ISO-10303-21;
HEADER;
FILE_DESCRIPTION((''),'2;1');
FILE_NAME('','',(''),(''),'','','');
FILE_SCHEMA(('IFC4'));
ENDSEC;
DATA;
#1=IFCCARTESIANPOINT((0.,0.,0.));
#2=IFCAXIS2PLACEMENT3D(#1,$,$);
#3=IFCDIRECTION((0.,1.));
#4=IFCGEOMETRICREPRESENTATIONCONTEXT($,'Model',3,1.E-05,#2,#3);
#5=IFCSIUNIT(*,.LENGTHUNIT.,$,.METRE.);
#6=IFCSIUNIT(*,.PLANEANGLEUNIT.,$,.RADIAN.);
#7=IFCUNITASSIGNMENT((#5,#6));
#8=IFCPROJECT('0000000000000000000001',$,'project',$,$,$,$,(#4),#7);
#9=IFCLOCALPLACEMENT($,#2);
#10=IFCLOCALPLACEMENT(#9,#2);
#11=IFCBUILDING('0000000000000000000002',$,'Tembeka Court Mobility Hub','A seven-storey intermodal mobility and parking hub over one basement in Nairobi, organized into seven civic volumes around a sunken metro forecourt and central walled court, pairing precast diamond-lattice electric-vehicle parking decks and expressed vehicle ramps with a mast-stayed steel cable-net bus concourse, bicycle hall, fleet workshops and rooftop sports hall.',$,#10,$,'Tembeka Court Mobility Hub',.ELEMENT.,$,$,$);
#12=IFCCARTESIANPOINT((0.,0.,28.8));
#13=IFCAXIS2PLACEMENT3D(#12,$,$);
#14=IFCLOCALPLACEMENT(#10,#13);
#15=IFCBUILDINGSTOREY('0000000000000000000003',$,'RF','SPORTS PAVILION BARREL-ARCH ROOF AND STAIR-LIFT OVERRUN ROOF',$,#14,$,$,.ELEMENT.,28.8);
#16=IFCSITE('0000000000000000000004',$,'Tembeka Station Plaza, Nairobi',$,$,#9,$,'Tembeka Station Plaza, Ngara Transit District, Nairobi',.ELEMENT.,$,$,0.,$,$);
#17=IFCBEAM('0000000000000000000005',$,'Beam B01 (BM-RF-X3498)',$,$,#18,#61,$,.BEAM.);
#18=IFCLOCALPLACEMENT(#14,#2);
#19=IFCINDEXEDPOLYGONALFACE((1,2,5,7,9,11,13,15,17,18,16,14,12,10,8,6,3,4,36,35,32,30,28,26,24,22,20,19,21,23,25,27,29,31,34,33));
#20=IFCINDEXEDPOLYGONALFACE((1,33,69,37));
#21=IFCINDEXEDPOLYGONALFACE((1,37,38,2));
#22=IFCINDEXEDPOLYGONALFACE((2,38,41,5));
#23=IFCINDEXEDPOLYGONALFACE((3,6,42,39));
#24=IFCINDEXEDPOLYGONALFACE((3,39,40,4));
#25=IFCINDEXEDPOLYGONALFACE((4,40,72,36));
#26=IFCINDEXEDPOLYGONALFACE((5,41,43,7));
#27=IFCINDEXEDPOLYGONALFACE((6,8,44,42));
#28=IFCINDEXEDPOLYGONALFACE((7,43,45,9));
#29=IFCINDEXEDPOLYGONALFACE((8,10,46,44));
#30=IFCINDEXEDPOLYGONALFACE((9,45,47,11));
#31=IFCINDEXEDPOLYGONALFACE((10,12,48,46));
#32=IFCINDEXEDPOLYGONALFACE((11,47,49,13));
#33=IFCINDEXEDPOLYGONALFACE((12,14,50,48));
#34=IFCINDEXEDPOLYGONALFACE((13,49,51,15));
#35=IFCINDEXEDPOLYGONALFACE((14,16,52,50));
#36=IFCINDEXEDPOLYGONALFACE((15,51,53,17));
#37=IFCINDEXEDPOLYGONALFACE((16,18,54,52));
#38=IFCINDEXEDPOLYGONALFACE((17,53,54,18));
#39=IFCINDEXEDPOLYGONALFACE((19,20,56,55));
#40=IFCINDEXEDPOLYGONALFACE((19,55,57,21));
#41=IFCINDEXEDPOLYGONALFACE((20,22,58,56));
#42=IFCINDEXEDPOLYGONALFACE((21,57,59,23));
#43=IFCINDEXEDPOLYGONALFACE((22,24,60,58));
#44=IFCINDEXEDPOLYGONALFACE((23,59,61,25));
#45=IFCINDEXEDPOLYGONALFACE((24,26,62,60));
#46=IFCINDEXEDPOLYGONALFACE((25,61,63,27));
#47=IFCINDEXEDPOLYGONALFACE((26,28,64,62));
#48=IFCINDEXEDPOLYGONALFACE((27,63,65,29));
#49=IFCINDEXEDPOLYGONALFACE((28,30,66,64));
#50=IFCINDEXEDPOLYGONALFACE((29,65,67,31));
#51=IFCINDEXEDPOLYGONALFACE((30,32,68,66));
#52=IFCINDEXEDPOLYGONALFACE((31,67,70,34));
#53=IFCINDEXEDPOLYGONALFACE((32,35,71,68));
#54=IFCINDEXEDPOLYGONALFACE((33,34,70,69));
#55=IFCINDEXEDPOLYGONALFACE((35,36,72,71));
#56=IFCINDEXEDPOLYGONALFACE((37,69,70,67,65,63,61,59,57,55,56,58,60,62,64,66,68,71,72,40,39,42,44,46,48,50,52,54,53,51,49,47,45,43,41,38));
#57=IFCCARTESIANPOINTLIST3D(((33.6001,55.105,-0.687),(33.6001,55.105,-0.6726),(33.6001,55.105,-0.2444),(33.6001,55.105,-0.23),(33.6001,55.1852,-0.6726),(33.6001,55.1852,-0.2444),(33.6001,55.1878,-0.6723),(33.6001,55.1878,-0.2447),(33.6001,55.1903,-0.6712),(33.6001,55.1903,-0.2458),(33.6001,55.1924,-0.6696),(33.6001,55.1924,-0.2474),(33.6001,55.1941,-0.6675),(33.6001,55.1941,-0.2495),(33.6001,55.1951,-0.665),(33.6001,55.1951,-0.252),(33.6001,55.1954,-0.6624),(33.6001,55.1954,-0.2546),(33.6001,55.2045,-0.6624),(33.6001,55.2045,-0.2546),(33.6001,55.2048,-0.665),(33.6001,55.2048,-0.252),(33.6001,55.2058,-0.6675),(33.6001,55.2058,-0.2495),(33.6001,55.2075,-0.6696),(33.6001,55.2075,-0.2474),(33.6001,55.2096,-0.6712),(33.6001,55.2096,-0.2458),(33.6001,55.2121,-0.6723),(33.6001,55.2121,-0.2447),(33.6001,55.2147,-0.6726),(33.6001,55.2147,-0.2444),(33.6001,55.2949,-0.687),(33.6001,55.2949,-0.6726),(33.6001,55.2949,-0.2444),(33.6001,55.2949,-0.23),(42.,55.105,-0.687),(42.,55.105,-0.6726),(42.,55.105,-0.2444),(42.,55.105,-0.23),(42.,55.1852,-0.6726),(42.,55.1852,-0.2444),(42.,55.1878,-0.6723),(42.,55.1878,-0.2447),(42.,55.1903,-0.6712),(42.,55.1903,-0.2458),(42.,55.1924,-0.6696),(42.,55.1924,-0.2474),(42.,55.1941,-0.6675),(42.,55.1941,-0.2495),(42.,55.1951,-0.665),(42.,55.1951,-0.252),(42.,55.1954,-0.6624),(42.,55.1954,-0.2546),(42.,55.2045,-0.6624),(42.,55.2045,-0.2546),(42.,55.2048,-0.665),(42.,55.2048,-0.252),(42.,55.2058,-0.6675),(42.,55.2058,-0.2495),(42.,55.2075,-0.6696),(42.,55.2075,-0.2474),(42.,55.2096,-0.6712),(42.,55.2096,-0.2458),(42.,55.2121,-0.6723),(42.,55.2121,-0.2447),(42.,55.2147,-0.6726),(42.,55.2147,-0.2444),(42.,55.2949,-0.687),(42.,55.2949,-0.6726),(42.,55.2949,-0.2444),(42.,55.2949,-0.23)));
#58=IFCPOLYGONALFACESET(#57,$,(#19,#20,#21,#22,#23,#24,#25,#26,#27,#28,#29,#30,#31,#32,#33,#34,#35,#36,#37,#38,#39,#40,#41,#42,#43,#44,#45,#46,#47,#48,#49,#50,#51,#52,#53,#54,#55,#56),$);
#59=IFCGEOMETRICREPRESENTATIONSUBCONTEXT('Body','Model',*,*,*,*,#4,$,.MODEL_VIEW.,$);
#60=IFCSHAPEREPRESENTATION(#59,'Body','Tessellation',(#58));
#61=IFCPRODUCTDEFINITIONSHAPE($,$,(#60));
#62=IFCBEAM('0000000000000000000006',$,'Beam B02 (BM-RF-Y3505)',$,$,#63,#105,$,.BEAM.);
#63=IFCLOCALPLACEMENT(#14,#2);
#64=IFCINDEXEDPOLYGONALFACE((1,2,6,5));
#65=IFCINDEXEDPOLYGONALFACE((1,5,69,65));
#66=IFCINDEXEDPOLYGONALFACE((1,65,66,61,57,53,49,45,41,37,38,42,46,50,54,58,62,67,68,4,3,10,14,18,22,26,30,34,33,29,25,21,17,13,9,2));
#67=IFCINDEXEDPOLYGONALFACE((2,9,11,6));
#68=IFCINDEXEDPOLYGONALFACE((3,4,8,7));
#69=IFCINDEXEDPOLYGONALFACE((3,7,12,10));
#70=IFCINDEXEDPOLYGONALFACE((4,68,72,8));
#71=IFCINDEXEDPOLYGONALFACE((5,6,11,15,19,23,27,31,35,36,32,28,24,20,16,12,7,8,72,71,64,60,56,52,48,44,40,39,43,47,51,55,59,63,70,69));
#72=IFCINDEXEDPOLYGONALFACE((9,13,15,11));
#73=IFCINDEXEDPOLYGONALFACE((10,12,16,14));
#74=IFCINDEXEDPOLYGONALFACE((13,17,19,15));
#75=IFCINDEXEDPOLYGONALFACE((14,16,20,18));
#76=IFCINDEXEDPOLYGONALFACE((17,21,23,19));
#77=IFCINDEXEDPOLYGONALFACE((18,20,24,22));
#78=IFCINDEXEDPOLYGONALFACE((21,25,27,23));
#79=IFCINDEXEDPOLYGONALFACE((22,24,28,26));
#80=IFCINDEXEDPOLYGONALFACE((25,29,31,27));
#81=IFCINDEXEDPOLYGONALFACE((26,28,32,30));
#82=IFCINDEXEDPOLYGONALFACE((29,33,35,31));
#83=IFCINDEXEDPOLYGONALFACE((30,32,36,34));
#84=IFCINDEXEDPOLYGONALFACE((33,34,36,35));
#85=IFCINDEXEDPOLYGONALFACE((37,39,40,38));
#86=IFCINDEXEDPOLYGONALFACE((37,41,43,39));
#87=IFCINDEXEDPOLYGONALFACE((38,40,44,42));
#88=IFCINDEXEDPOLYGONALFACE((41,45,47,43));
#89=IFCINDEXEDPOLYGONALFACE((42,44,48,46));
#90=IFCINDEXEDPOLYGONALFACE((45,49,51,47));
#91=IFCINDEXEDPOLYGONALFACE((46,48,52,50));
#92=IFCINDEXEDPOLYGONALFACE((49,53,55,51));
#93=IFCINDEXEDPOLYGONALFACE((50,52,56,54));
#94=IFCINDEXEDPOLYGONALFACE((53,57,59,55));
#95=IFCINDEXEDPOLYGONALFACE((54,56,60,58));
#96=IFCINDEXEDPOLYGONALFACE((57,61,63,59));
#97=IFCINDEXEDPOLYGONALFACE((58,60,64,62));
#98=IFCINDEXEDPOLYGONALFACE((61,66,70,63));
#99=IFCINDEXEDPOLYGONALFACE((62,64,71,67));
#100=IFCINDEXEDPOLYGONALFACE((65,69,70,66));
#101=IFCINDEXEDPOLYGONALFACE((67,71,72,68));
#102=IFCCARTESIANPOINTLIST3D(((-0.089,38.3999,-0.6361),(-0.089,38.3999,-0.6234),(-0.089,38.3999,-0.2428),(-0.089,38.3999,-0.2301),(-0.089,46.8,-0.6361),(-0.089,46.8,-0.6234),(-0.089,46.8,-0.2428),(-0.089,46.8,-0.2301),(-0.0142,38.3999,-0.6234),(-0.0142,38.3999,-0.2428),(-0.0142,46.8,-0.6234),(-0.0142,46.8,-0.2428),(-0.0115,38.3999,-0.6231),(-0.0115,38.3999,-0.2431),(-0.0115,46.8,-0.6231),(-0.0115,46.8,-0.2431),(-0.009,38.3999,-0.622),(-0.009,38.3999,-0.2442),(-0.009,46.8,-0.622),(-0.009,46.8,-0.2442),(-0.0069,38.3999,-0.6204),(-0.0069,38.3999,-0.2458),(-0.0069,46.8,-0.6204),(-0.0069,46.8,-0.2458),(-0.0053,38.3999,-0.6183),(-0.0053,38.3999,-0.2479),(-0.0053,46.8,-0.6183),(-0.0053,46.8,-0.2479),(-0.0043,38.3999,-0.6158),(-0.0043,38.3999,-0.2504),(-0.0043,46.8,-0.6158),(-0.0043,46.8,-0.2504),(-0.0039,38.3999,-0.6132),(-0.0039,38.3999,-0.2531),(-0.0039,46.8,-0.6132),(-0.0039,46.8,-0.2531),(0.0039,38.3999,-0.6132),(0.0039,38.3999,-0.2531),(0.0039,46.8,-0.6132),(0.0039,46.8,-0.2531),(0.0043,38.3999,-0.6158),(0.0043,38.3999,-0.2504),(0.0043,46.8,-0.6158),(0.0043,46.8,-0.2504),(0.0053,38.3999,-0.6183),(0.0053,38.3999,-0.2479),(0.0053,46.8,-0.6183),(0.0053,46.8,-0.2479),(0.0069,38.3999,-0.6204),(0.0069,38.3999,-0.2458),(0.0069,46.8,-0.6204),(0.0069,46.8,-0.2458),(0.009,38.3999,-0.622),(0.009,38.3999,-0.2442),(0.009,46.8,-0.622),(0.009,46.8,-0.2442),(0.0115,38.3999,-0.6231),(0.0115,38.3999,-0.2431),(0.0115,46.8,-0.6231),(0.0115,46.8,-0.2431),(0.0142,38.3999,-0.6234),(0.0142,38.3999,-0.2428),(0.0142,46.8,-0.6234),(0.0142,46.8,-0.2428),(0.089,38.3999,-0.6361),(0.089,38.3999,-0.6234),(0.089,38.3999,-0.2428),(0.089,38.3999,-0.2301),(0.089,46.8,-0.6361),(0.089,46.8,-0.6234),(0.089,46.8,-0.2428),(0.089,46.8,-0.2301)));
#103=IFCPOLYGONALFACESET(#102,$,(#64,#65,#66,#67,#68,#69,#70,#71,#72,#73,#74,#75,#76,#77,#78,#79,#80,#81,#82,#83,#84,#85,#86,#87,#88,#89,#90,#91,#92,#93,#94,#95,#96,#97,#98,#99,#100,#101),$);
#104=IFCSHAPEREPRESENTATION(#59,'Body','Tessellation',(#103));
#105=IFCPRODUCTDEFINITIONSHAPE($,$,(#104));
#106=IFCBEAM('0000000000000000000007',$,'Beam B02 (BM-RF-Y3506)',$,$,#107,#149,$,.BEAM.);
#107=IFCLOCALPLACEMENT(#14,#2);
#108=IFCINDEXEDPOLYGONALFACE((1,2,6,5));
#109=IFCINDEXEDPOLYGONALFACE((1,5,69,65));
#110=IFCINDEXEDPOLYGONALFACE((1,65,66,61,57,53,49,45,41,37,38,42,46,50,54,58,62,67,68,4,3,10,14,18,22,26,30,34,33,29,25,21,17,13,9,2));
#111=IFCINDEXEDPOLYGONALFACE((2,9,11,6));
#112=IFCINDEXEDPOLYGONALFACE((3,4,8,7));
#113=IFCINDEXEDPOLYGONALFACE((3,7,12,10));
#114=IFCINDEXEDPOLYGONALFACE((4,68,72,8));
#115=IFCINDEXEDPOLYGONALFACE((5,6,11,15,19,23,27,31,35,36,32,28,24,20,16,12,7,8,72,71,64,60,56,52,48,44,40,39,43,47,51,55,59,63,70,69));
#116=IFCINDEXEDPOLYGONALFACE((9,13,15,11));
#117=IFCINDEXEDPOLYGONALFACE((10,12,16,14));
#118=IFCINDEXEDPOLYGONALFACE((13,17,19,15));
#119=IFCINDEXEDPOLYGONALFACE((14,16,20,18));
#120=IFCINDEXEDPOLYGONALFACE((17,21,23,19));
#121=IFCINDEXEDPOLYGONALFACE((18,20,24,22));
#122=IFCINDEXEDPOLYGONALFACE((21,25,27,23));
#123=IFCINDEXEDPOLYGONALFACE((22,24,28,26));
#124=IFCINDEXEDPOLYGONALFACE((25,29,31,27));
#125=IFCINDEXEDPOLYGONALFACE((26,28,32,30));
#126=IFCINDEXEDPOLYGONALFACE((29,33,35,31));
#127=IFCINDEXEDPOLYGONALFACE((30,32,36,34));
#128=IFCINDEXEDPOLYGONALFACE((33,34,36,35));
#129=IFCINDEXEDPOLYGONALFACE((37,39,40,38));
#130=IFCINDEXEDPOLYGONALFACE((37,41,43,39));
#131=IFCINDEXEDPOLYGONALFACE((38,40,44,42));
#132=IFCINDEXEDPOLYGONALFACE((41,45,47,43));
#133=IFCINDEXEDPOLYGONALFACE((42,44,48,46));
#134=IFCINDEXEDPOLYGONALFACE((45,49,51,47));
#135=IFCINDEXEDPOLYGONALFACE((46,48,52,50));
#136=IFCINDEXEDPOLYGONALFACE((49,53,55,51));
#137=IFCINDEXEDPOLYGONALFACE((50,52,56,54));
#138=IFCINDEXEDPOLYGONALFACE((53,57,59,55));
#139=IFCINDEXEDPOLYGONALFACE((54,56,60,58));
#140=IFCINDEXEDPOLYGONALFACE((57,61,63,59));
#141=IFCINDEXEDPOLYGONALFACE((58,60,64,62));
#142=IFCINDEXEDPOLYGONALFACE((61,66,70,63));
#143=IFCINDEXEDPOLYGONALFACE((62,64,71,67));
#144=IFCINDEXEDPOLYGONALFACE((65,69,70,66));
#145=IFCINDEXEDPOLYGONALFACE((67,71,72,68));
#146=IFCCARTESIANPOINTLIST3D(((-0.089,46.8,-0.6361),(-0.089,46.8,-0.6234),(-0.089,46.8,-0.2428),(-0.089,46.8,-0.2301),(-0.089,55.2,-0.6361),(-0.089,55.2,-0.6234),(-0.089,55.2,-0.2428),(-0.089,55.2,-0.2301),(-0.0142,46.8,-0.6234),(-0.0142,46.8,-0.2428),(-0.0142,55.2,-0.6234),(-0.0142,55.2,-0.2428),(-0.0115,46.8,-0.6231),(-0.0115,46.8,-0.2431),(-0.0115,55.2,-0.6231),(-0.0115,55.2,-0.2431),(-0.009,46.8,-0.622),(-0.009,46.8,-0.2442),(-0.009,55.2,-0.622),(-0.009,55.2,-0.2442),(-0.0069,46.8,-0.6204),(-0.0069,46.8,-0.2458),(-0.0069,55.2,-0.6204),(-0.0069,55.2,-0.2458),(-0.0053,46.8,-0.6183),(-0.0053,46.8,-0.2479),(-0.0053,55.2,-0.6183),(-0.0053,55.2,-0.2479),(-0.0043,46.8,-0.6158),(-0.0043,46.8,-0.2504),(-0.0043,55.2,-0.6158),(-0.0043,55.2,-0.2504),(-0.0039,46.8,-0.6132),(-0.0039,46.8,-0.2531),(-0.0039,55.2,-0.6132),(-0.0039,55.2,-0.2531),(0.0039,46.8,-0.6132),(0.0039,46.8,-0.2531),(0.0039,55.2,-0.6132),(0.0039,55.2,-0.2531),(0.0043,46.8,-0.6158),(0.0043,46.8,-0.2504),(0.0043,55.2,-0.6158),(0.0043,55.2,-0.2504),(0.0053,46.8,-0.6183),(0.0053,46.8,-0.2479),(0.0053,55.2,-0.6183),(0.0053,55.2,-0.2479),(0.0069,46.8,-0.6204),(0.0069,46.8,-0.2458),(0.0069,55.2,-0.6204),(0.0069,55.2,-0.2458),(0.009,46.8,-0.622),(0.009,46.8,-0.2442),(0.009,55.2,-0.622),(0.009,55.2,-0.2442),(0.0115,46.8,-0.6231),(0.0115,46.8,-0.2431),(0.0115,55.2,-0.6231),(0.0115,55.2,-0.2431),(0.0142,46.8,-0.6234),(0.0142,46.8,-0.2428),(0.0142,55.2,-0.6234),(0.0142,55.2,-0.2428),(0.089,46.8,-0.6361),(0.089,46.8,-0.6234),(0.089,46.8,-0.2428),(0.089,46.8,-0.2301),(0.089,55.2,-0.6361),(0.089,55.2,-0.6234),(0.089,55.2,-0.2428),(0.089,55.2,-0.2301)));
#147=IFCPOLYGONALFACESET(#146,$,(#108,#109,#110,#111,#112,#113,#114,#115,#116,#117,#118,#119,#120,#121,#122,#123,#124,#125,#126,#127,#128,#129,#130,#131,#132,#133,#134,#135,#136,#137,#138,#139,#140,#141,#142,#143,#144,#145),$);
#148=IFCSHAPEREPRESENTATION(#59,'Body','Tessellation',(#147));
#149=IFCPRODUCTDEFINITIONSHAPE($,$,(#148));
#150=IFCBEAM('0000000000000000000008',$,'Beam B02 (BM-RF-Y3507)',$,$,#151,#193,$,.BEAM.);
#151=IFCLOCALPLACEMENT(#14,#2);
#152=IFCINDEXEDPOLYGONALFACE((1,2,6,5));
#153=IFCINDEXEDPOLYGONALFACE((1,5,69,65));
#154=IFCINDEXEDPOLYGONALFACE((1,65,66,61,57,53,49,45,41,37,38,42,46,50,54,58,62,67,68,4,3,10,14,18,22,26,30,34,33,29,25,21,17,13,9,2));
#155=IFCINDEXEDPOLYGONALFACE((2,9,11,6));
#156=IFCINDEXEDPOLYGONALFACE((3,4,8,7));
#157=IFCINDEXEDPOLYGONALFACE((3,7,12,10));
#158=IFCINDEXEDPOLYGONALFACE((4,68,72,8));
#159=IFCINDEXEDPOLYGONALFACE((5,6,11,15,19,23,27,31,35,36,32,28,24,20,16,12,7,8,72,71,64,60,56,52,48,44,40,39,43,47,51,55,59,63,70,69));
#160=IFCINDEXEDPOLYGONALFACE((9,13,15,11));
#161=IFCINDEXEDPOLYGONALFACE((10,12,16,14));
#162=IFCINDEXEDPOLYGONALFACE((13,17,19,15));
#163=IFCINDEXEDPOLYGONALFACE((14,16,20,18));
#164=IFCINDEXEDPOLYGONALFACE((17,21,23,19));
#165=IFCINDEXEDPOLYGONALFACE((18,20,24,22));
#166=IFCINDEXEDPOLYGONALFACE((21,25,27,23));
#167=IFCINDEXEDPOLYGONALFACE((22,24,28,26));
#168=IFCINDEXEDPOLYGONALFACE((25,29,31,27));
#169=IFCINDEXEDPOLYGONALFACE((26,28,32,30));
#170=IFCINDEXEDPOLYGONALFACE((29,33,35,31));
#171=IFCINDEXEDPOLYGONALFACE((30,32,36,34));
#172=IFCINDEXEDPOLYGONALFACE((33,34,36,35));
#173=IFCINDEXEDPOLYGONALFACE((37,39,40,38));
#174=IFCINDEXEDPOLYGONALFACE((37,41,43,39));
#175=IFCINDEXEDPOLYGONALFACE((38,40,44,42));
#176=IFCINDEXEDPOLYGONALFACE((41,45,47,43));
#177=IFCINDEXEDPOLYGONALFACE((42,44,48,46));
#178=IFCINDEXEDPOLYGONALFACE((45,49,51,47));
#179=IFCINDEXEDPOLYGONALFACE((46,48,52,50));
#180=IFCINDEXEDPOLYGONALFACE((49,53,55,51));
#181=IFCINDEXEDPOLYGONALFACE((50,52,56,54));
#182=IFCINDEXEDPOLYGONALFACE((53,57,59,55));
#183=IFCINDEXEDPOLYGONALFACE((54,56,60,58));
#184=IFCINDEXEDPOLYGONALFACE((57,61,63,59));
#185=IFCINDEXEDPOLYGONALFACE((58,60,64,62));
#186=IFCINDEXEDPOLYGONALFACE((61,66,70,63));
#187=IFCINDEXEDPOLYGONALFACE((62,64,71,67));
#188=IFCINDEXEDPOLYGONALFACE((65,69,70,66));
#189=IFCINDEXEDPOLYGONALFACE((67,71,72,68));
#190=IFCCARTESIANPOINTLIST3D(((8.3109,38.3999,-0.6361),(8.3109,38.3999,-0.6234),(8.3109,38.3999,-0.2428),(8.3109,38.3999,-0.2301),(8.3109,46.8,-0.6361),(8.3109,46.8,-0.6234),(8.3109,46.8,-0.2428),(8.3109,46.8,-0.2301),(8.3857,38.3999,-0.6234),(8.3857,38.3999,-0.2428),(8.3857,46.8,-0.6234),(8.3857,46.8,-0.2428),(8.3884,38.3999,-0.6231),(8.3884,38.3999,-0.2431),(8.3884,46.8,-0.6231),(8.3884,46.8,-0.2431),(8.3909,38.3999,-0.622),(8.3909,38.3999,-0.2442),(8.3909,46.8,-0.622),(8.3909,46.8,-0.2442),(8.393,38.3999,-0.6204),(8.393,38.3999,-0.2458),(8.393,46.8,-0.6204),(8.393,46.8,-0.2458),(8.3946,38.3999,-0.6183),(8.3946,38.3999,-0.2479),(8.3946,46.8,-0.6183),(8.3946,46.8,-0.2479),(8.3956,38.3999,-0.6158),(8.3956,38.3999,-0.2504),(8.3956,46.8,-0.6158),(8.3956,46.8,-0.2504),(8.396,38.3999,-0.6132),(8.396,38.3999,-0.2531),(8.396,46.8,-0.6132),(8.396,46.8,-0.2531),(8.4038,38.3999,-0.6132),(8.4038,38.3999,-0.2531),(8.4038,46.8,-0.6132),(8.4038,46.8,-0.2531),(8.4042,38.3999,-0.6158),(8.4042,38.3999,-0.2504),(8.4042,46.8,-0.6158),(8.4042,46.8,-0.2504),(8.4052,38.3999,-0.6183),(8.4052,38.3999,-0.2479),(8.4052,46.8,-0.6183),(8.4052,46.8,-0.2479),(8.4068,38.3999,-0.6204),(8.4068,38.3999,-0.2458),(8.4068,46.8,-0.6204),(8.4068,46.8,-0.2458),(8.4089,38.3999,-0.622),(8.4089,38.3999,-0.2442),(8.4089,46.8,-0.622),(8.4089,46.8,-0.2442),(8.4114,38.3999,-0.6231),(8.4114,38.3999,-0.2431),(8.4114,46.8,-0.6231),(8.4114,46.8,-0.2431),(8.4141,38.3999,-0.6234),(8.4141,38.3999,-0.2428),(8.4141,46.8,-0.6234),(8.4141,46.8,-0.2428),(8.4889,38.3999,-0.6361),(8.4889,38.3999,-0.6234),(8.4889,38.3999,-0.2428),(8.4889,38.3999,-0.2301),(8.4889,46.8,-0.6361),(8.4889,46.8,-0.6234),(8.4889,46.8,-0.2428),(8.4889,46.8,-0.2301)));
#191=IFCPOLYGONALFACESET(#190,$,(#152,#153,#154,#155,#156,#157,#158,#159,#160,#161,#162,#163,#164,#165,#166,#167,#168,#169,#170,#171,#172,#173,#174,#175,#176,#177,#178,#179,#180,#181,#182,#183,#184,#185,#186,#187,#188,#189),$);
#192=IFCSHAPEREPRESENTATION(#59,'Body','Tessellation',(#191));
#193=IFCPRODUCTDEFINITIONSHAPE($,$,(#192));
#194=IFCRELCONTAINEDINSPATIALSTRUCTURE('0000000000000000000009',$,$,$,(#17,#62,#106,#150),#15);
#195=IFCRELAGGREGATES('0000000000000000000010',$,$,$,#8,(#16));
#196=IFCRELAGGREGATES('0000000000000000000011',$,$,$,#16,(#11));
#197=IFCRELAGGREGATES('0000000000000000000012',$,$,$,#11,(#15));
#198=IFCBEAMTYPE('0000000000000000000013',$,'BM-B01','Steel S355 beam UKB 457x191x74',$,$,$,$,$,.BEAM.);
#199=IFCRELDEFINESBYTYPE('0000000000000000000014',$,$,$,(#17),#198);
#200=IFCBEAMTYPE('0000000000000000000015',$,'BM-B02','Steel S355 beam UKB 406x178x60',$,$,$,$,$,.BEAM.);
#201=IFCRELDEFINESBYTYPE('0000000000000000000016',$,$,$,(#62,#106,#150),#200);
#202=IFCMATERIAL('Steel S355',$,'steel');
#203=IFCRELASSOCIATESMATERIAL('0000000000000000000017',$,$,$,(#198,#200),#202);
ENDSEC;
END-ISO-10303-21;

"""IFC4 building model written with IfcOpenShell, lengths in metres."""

from ifc_helpers import new_model, si_unit, direction, frame, origin, origin_2d, place, context, subcontext, project, spatial, i_section, extrude, material, material_profile, profile_set, type_object, element, save


model = new_model("IFC4")

# Units and contexts
model_context = context("Model", 3, precision=1e-05, world=origin(), true_north=direction((0.0, 1.0)))
body_context = subcontext(model_context, "Body", "Model", "MODEL_VIEW")
ifc_project = project(units=[si_unit("LENGTHUNIT", "METRE"), si_unit("PLANEANGLEUNIT", "RADIAN")], contexts=[model_context])

# Site, building, storey
site_placement = place(None, origin())
site = spatial("IfcSite", under=ifc_project, at=site_placement, Name="Tembeka Station Plaza, Nairobi", LongName="Tembeka Station Plaza, Ngara Transit District, Nairobi", CompositionType="ELEMENT", RefElevation=0.0)
building_placement = place(site_placement, origin())
building = spatial("IfcBuilding", under=site, at=building_placement, Name="Tembeka Court Mobility Hub", Description="A seven-storey intermodal mobility and parking hub over one basement in Nairobi, organized into seven civic volumes around a sunken metro forecourt and central walled court, pairing precast diamond-lattice electric-vehicle parking decks and expressed vehicle ramps with a mast-stayed steel cable-net bus concourse, bicycle hall, fleet workshops and rooftop sports hall.", LongName="Tembeka Court Mobility Hub", CompositionType="ELEMENT")
storey_placement = place(building_placement, frame((0.0, 0.0, 28.8)))
storey = spatial("IfcBuildingStorey", under=building, at=storey_placement, Name="RF", Description="SPORTS PAVILION BARREL-ARCH ROOF AND STAIR-LIFT OVERRUN ROOF", CompositionType="ELEMENT", Elevation=28.8)

# Beams
ifc_material_1 = material(Name="Steel S355", Category="steel")
ifc_material_profile_1 = material_profile(ifc_material_1, i_section(OverallWidth=0.1899, OverallDepth=0.457, WebThickness=0.009, FlangeThickness=0.0144, FilletRadius=0.0103, at=origin_2d()), Name="UKB 457x191x74")
ifc_profile_set_1 = profile_set([ifc_material_profile_1], Name="Steel S355")
beam_type_1 = type_object("IfcBeamType", Name="BM-B01", Description="Steel S355 beam UKB 457x191x74", PredefinedType="BEAM", material=ifc_profile_set_1)
for number, where, z_axis, x_axis, name in (
    (1, (33.6001, 55.2, -0.4585), (1.0, 0.0, 0.0), (0.0, 1.0, 0.0), "Beam B01 (BM-RF-X3498)"),
):
    element("IfcBeam", number, at=place(storey_placement, frame(where, z_axis=z_axis, x_axis=x_axis)), inside=storey, type_object=beam_type_1, Name=name, PredefinedType="BEAM", context=body_context, shape_type="SweptSolid", body=[
        extrude(i_section(OverallWidth=0.1899, OverallDepth=0.457, WebThickness=0.009, FlangeThickness=0.0144, FilletRadius=0.0103, at=origin_2d()), origin(), (0.0, 0.0, 1.0), 8.3999),
    ])
ifc_material_profile_2 = material_profile(ifc_material_1, i_section(OverallWidth=0.178, OverallDepth=0.406, WebThickness=0.0078, FlangeThickness=0.0127, FilletRadius=0.0103, at=origin_2d()), Name="UKB 406x178x60")
ifc_profile_set_2 = profile_set([ifc_material_profile_2], Name="Steel S355")
beam_type_2 = type_object("IfcBeamType", Name="BM-B02", Description="Steel S355 beam UKB 406x178x60", PredefinedType="BEAM", material=ifc_profile_set_2)
beam_1_placement = place(storey_placement, frame((0.0, 38.3999, -0.4331), z_axis=(0.0, 1.0, 0.0), x_axis=(-1.0, 0.0, 0.0)))
element("IfcBeam", 2, at=beam_1_placement, inside=storey, type_object=beam_type_2, Name="Beam B02 (BM-RF-Y3505)", PredefinedType="BEAM", context=body_context, shape_type="SweptSolid", body=[
    extrude(i_section(OverallWidth=0.178, OverallDepth=0.406, WebThickness=0.0078, FlangeThickness=0.0127, FilletRadius=0.0103, at=origin_2d()), origin(), (0.0, 0.0, 1.0), 8.4001),
])
beam_2_placement = place(storey_placement, frame((0.0, 46.8, -0.4331), z_axis=(0.0, 1.0, 0.0), x_axis=(-1.0, 0.0, 0.0)))
element("IfcBeam", 3, at=beam_2_placement, inside=storey, type_object=beam_type_2, Name="Beam B02 (BM-RF-Y3506)", PredefinedType="BEAM", context=body_context, shape_type="SweptSolid", body=[
    extrude(i_section(OverallWidth=0.178, OverallDepth=0.406, WebThickness=0.0078, FlangeThickness=0.0127, FilletRadius=0.0103, at=origin_2d()), origin(), (0.0, 0.0, 1.0), 8.3999),
])
beam_3_placement = place(storey_placement, frame((8.3999, 38.3999, -0.4331), z_axis=(0.0, 1.0, 0.0), x_axis=(-1.0, 0.0, 0.0)))
element("IfcBeam", 4, at=beam_3_placement, inside=storey, type_object=beam_type_2, Name="Beam B02 (BM-RF-Y3507)", PredefinedType="BEAM", context=body_context, shape_type="SweptSolid", body=[
    extrude(i_section(OverallWidth=0.178, OverallDepth=0.406, WebThickness=0.0078, FlangeThickness=0.0127, FilletRadius=0.0103, at=origin_2d()), origin(), (0.0, 0.0, 1.0), 8.4001),
])

save(model, "model.ifc")
